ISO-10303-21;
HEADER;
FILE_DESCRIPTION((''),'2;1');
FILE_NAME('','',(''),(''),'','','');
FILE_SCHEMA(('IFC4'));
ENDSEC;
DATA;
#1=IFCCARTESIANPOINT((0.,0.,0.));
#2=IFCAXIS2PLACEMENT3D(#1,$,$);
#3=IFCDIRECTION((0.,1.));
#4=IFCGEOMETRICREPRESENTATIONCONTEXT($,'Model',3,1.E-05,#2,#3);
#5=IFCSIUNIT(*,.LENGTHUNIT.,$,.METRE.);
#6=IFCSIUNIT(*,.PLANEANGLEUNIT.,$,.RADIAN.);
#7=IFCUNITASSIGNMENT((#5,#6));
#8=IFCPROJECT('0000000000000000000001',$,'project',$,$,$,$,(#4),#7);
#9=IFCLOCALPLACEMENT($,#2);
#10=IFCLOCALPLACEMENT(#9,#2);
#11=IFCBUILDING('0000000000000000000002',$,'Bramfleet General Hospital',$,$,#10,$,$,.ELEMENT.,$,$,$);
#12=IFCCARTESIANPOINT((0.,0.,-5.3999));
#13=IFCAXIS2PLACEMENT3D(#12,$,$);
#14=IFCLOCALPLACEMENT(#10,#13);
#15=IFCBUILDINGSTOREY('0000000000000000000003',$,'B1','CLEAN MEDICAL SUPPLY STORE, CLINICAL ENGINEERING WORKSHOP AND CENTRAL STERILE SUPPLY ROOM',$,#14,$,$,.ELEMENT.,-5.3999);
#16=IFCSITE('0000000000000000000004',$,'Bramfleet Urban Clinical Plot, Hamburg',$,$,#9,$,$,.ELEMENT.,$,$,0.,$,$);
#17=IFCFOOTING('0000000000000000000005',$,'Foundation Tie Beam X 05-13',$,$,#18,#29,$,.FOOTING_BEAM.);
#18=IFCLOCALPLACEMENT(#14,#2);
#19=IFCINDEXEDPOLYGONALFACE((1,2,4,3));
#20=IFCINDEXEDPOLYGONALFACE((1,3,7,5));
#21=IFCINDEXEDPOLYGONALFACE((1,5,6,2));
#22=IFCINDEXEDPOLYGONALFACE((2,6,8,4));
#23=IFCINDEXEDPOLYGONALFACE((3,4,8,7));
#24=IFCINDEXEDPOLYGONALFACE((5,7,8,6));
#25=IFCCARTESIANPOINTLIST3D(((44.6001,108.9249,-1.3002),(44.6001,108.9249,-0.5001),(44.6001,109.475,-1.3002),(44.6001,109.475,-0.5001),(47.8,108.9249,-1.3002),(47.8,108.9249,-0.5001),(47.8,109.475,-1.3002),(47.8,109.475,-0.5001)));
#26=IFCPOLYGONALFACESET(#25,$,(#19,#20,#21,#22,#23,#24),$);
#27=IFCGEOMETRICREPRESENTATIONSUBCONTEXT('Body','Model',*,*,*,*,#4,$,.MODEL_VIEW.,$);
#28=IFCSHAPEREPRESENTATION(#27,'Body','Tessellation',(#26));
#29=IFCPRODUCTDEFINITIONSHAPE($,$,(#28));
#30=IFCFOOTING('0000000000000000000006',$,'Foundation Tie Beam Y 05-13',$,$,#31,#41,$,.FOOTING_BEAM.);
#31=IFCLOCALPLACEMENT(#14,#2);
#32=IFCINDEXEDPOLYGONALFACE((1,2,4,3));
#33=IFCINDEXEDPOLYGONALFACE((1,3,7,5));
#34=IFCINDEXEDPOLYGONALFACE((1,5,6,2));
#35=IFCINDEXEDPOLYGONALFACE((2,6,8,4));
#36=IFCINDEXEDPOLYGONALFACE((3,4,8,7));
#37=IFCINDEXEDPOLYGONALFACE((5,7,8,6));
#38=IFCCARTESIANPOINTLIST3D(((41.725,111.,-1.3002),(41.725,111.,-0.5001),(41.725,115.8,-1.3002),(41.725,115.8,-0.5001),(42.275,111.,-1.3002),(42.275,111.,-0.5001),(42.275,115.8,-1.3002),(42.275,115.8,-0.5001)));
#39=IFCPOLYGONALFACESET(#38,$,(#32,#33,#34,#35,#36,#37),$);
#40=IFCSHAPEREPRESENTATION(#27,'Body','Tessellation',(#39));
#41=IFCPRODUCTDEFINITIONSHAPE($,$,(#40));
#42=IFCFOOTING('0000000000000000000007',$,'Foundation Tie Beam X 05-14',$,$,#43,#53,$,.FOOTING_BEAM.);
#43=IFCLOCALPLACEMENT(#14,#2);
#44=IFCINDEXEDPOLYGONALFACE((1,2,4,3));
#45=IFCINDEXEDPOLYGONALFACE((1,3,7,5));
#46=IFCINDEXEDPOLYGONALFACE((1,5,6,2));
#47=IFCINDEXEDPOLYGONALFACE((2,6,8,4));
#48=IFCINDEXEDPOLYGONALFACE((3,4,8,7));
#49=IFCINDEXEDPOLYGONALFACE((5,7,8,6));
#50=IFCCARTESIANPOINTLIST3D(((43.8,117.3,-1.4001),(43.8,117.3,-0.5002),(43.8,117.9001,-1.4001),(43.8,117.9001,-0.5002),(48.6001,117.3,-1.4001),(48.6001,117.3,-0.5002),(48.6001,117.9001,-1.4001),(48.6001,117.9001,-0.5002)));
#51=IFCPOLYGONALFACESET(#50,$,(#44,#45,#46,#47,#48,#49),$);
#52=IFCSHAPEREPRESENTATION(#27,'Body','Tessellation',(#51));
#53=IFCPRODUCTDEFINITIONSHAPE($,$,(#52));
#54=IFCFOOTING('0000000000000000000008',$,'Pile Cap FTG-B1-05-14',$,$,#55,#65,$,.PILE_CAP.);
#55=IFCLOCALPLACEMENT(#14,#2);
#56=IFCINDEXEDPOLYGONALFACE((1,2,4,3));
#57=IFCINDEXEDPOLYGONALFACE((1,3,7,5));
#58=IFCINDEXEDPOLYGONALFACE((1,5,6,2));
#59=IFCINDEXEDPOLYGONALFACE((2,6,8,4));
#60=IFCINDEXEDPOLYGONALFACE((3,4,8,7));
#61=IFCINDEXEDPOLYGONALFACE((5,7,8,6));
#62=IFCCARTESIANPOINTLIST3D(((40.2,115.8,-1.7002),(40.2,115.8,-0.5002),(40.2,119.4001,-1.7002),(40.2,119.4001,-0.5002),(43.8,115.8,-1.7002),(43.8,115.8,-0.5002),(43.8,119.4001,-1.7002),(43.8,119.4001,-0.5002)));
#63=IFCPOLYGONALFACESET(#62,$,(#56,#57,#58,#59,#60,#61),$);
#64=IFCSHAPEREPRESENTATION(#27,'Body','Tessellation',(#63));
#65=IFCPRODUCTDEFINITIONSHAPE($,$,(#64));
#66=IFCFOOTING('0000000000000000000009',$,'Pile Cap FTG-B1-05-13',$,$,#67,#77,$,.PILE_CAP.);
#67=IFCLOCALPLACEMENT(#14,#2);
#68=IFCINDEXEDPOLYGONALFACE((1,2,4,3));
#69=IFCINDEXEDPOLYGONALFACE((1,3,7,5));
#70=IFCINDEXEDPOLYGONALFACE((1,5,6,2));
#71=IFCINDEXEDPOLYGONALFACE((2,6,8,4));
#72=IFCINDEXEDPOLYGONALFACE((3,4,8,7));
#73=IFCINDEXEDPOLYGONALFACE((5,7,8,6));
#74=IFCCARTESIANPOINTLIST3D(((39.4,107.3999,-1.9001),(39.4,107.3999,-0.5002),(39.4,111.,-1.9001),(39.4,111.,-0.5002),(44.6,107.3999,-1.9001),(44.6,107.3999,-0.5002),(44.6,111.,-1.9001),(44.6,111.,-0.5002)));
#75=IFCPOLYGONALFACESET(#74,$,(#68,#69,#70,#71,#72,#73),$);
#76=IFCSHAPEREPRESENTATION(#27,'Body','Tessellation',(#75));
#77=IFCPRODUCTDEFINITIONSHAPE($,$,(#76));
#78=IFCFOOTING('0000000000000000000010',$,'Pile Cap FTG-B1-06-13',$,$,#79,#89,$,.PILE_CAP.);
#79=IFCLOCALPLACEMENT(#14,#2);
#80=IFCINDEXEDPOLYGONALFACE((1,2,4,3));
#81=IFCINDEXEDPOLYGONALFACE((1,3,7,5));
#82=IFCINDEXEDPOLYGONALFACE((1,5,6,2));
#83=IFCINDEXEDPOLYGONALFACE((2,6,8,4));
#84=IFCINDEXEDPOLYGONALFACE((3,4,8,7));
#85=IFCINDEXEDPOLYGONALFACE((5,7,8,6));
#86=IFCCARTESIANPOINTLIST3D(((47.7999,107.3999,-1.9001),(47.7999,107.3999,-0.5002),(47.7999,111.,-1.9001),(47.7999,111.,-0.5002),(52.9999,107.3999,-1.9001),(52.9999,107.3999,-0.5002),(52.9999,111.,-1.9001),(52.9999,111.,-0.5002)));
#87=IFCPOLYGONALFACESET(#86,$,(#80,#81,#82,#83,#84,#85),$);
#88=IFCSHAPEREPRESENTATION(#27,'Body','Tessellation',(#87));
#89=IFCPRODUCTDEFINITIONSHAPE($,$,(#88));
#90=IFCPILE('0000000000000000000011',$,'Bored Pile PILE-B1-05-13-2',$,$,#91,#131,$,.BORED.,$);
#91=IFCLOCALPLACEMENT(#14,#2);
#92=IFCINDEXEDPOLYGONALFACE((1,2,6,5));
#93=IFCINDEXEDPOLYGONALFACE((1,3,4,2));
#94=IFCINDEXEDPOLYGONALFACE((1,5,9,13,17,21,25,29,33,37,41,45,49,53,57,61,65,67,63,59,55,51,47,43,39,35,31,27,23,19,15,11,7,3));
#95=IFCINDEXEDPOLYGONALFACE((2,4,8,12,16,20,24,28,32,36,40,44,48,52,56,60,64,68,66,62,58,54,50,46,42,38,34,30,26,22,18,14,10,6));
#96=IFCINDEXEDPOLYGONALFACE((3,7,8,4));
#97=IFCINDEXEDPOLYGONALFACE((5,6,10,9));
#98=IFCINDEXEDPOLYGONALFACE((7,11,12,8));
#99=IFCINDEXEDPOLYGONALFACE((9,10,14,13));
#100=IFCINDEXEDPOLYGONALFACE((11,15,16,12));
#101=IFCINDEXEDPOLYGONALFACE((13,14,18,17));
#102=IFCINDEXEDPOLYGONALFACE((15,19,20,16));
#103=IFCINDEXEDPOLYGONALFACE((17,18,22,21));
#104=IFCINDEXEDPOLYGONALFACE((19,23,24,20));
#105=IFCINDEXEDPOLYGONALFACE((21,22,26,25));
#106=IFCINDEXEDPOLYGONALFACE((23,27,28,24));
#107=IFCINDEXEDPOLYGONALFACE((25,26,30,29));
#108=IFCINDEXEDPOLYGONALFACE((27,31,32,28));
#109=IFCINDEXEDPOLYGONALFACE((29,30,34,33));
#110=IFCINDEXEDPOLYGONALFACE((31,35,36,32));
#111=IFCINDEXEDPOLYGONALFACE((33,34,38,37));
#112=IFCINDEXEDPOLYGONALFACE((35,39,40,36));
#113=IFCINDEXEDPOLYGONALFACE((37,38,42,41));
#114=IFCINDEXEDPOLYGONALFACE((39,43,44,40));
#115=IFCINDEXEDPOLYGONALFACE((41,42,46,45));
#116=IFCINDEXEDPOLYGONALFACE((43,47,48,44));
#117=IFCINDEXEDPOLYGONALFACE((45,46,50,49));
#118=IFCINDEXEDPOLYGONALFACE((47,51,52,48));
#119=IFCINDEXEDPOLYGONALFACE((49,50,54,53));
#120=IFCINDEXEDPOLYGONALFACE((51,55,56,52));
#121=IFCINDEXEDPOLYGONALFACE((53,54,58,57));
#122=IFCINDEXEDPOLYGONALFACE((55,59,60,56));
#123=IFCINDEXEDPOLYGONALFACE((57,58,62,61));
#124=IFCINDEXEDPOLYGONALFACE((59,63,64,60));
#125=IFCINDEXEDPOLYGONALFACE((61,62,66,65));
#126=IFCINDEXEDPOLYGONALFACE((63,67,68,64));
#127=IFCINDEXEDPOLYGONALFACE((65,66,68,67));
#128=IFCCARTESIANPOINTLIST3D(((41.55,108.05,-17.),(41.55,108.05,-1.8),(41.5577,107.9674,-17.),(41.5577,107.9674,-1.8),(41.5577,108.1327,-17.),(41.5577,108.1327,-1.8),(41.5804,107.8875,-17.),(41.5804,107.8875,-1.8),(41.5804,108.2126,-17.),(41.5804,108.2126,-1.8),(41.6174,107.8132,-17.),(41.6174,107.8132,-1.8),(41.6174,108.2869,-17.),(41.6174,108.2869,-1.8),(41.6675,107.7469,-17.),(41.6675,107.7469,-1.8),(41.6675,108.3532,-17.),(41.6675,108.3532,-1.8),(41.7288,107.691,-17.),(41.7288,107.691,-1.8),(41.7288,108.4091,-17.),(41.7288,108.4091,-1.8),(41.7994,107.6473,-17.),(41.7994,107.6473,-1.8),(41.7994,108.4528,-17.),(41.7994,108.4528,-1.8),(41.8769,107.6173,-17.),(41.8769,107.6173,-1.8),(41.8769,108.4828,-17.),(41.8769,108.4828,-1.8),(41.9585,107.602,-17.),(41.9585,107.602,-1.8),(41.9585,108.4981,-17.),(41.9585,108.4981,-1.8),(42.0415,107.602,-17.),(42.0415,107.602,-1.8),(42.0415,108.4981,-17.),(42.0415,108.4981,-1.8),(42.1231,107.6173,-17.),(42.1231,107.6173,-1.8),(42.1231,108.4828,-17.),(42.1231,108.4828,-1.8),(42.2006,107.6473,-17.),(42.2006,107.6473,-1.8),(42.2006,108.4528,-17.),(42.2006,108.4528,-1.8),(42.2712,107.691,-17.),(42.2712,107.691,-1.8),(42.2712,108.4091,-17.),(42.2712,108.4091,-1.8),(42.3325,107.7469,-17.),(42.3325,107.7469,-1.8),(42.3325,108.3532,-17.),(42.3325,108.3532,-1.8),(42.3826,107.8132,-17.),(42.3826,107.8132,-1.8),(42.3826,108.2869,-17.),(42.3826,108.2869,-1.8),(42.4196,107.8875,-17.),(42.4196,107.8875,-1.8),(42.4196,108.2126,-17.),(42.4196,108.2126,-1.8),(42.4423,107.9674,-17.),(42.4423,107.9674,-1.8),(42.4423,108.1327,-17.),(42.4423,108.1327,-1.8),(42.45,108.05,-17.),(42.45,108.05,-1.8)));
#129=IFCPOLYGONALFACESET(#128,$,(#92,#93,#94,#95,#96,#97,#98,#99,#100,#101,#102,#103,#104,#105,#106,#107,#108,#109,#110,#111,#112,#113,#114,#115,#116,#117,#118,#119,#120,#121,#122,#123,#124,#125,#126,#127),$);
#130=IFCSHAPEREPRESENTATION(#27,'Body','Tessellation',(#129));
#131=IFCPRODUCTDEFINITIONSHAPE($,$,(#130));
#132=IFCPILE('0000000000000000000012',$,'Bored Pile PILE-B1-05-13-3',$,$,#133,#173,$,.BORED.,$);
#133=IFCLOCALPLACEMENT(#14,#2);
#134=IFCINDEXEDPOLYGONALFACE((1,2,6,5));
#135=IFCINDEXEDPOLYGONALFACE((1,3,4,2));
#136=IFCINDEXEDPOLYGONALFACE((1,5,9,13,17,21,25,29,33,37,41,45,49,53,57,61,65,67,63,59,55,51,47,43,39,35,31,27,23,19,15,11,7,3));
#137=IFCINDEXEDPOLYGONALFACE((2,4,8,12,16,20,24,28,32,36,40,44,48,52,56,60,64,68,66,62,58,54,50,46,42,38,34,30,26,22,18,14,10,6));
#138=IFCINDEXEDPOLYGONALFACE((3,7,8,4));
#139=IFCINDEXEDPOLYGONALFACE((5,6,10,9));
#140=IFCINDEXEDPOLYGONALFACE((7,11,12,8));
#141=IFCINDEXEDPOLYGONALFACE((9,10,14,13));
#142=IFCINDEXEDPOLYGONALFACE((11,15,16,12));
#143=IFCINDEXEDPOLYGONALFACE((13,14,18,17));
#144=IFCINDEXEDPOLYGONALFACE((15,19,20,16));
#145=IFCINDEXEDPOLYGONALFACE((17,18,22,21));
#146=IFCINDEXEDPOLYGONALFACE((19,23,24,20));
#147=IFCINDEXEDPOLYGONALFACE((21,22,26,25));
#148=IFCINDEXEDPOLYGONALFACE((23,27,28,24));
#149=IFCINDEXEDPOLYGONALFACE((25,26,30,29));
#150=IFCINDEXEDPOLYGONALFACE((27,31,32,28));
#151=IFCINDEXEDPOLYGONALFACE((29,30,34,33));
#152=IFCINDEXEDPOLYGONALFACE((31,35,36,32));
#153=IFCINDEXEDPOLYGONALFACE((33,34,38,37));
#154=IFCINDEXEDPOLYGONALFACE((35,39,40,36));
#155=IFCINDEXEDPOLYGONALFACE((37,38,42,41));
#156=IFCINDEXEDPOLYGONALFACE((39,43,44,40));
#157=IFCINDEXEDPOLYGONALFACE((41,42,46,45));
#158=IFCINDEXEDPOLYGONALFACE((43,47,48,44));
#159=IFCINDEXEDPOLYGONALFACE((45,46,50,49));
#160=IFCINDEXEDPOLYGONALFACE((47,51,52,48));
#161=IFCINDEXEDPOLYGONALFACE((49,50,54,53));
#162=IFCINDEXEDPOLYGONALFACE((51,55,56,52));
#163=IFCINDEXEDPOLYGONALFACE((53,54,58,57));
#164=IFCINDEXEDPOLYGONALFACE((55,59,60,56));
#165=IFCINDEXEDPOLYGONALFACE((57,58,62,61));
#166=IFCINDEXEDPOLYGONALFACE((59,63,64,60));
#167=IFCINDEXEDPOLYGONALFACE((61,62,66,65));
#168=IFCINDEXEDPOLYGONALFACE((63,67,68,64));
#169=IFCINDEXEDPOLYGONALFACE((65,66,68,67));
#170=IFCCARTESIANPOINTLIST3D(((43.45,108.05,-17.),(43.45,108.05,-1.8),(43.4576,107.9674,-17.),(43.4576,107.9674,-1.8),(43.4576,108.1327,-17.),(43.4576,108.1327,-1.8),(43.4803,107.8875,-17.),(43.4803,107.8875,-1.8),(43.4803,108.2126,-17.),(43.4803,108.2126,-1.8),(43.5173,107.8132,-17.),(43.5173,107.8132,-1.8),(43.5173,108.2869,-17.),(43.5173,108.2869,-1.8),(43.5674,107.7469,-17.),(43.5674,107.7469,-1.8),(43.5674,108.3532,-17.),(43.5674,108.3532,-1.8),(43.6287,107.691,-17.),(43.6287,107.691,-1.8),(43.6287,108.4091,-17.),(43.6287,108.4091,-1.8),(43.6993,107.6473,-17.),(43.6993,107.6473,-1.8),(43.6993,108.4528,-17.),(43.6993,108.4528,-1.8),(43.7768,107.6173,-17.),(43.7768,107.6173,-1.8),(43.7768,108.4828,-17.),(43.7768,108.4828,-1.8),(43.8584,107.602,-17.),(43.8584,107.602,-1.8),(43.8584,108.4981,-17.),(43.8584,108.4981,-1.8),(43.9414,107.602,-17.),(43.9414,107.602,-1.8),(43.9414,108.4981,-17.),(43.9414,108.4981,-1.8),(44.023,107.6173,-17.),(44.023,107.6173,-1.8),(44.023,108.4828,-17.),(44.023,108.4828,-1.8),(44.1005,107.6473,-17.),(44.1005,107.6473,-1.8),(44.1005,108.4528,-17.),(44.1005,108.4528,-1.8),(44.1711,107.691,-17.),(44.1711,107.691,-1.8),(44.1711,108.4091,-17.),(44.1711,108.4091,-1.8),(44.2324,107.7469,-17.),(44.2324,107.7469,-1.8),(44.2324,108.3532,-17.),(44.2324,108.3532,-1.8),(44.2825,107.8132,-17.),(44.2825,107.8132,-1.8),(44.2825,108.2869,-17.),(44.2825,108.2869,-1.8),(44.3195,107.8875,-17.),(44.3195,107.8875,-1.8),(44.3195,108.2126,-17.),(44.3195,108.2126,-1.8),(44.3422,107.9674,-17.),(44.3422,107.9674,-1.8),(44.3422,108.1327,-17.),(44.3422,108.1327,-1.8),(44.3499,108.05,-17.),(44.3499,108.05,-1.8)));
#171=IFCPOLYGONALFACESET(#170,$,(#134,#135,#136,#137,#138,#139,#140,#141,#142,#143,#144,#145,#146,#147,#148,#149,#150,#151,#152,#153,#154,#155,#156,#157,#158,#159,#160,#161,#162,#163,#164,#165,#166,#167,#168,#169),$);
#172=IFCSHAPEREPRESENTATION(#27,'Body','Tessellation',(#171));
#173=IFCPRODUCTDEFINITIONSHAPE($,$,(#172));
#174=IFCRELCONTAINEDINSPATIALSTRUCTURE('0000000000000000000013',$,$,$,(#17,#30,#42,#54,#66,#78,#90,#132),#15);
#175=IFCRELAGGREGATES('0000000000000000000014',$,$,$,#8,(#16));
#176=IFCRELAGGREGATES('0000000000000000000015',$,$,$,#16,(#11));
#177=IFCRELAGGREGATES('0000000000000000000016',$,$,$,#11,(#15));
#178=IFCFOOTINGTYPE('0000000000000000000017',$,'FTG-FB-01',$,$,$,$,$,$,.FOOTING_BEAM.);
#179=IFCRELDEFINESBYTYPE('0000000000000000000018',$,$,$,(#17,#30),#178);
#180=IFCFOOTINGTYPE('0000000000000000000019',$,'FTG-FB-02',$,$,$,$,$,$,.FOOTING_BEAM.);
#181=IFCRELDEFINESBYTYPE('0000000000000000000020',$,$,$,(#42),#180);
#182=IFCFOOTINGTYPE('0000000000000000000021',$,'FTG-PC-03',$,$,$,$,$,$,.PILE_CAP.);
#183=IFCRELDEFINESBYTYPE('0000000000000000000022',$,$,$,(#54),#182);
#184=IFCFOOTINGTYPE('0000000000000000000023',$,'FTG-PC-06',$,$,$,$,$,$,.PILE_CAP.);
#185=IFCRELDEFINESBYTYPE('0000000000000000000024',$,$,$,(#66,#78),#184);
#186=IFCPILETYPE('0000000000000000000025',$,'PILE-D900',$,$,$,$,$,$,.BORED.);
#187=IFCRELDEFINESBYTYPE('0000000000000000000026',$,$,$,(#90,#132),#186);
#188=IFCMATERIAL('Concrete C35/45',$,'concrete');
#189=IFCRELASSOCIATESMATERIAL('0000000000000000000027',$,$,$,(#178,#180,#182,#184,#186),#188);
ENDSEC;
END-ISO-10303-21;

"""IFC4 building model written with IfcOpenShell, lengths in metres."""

from ifc_helpers import new_model, si_unit, direction, frame, origin, origin_2d, place, context, subcontext, project, spatial, rectangle, circle, extrude, material, material_profile, profile_set, type_object, element, save


model = new_model("IFC4")

# Units and contexts
model_context = context("Model", 3, precision=1e-05, world=origin(), true_north=direction((0.0, 1.0)))
body_context = subcontext(model_context, "Body", "Model", "MODEL_VIEW")
ifc_project = project(units=[si_unit("LENGTHUNIT", "METRE"), si_unit("PLANEANGLEUNIT", "RADIAN")], contexts=[model_context])

# Site, building, storey
site_placement = place(None, origin())
site = spatial("IfcSite", under=ifc_project, at=site_placement, Name="Bramfleet Urban Clinical Plot, Hamburg", CompositionType="ELEMENT", RefElevation=0.0)
building_placement = place(site_placement, origin())
building = spatial("IfcBuilding", under=site, at=building_placement, Name="Bramfleet General Hospital", CompositionType="ELEMENT")
storey_placement = place(building_placement, frame((0.0, 0.0, -5.3999)))
storey = spatial("IfcBuildingStorey", under=building, at=storey_placement, Name="B1", Description="CLEAN MEDICAL SUPPLY STORE, CLINICAL ENGINEERING WORKSHOP AND CENTRAL STERILE SUPPLY ROOM", CompositionType="ELEMENT", Elevation=-5.3999)

# Footings
ifc_material_1 = material(Name="Concrete C35/45", Category="concrete")
ifc_material_profile_1 = material_profile(ifc_material_1, rectangle(XDim=0.55, YDim=0.8, at=origin_2d()), Name="RC FB 800x550")
ifc_profile_set_1 = profile_set([ifc_material_profile_1], Name="Concrete C35/45")
footing_type_1 = type_object("IfcFootingType", Name="FTG-FB-01", PredefinedType="FOOTING_BEAM", material=ifc_profile_set_1)
footing_1_placement = place(storey_placement, frame((44.6001, 109.2, -0.9001), z_axis=(1.0, 0.0, 0.0), x_axis=(0.0, 1.0, 0.0)))
element("IfcFooting", 1, at=footing_1_placement, inside=storey, type_object=footing_type_1, Name="Foundation Tie Beam X 05-13", PredefinedType="FOOTING_BEAM", context=body_context, shape_type="SweptSolid", body=[
    extrude(rectangle(XDim=0.55, YDim=0.8, at=origin_2d()), origin(), (0.0, 0.0, 1.0), 3.2),
])
footing_2_placement = place(storey_placement, frame((42.0, 111.0, -0.9001), z_axis=(0.0, 1.0, 0.0), x_axis=(-1.0, 0.0, 0.0)))
element("IfcFooting", 2, at=footing_2_placement, inside=storey, type_object=footing_type_1, Name="Foundation Tie Beam Y 05-13", PredefinedType="FOOTING_BEAM", context=body_context, shape_type="SweptSolid", body=[
    extrude(rectangle(XDim=0.55, YDim=0.8, at=origin_2d()), origin(), (0.0, 0.0, 1.0), 4.8),
])
ifc_material_profile_2 = material_profile(ifc_material_1, rectangle(XDim=0.6001, YDim=0.8999, at=origin_2d()), Name="RC FB 900x600")
ifc_profile_set_2 = profile_set([ifc_material_profile_2], Name="Concrete C35/45")
footing_type_2 = type_object("IfcFootingType", Name="FTG-FB-02", PredefinedType="FOOTING_BEAM", material=ifc_profile_set_2)
footing_3_placement = place(storey_placement, frame((43.8, 117.6001, -0.9502), z_axis=(1.0, 0.0, 0.0), x_axis=(0.0, 1.0, 0.0)))
element("IfcFooting", 3, at=footing_3_placement, inside=storey, type_object=footing_type_2, Name="Foundation Tie Beam X 05-14", PredefinedType="FOOTING_BEAM", context=body_context, shape_type="SweptSolid", body=[
    extrude(rectangle(XDim=0.6001, YDim=0.8999, at=origin_2d()), origin(), (0.0, 0.0, 1.0), 4.8),
])
footing_type_3 = type_object("IfcFootingType", Name="FTG-PC-03", PredefinedType="PILE_CAP", material=ifc_material_1)
footing_4_placement = place(storey_placement, frame((42.0, 117.6001, -1.7002), z_axis=(0.0, 0.0, 1.0), x_axis=(1.0, 0.0, 0.0)))
element("IfcFooting", 4, at=footing_4_placement, inside=storey, type_object=footing_type_3, Name="Pile Cap FTG-B1-05-14", PredefinedType="PILE_CAP", context=body_context, shape_type="SweptSolid", body=[
    extrude(rectangle(XDim=3.6001, YDim=3.6001, at=origin_2d()), origin(), (0.0, 0.0, 1.0), 1.2),
])
footing_type_4 = type_object("IfcFootingType", Name="FTG-PC-06", PredefinedType="PILE_CAP", material=ifc_material_1)
for number, where, z_axis, x_axis, name in (
    (5, (42.0, 109.2, -1.9001), (0.0, 0.0, 1.0), (1.0, 0.0, 0.0), "Pile Cap FTG-B1-05-13"),
    (6, (50.3999, 109.2, -1.9001), (0.0, 0.0, 1.0), (1.0, 0.0, 0.0), "Pile Cap FTG-B1-06-13"),
):
    element("IfcFooting", number, at=place(storey_placement, frame(where, z_axis=z_axis, x_axis=x_axis)), inside=storey, type_object=footing_type_4, Name=name, PredefinedType="PILE_CAP", context=body_context, shape_type="SweptSolid", body=[
        extrude(rectangle(XDim=5.2, YDim=3.6001, at=origin_2d()), origin(), (0.0, 0.0, 1.0), 1.3999),
    ])

# Piles
ifc_material_profile_3 = material_profile(ifc_material_1, circle(Radius=0.45, at=origin_2d()), Name="PILE BORED D900")
ifc_profile_set_3 = profile_set([ifc_material_profile_3], Name="Concrete C35/45")
pile_type = type_object("IfcPileType", Name="PILE-D900", PredefinedType="BORED", material=ifc_profile_set_3)
for number, where, z_axis, x_axis, name in (
    (7, (42.0, 108.05, -1.8), (0.0, 0.0, -1.0), (1.0, 0.0, 0.0), "Bored Pile PILE-B1-05-13-2"),
    (8, (43.8999, 108.05, -1.8), (0.0, 0.0, -1.0), (1.0, 0.0, 0.0), "Bored Pile PILE-B1-05-13-3"),
):
    element("IfcPile", number, at=place(storey_placement, frame(where, z_axis=z_axis, x_axis=x_axis)), inside=storey, type_object=pile_type, Name=name, PredefinedType="BORED", context=body_context, shape_type="SweptSolid", body=[
        extrude(circle(Radius=0.45, at=origin_2d()), origin(), (0.0, 0.0, 1.0), 15.2),
    ])

save(model, "model.ifc")
